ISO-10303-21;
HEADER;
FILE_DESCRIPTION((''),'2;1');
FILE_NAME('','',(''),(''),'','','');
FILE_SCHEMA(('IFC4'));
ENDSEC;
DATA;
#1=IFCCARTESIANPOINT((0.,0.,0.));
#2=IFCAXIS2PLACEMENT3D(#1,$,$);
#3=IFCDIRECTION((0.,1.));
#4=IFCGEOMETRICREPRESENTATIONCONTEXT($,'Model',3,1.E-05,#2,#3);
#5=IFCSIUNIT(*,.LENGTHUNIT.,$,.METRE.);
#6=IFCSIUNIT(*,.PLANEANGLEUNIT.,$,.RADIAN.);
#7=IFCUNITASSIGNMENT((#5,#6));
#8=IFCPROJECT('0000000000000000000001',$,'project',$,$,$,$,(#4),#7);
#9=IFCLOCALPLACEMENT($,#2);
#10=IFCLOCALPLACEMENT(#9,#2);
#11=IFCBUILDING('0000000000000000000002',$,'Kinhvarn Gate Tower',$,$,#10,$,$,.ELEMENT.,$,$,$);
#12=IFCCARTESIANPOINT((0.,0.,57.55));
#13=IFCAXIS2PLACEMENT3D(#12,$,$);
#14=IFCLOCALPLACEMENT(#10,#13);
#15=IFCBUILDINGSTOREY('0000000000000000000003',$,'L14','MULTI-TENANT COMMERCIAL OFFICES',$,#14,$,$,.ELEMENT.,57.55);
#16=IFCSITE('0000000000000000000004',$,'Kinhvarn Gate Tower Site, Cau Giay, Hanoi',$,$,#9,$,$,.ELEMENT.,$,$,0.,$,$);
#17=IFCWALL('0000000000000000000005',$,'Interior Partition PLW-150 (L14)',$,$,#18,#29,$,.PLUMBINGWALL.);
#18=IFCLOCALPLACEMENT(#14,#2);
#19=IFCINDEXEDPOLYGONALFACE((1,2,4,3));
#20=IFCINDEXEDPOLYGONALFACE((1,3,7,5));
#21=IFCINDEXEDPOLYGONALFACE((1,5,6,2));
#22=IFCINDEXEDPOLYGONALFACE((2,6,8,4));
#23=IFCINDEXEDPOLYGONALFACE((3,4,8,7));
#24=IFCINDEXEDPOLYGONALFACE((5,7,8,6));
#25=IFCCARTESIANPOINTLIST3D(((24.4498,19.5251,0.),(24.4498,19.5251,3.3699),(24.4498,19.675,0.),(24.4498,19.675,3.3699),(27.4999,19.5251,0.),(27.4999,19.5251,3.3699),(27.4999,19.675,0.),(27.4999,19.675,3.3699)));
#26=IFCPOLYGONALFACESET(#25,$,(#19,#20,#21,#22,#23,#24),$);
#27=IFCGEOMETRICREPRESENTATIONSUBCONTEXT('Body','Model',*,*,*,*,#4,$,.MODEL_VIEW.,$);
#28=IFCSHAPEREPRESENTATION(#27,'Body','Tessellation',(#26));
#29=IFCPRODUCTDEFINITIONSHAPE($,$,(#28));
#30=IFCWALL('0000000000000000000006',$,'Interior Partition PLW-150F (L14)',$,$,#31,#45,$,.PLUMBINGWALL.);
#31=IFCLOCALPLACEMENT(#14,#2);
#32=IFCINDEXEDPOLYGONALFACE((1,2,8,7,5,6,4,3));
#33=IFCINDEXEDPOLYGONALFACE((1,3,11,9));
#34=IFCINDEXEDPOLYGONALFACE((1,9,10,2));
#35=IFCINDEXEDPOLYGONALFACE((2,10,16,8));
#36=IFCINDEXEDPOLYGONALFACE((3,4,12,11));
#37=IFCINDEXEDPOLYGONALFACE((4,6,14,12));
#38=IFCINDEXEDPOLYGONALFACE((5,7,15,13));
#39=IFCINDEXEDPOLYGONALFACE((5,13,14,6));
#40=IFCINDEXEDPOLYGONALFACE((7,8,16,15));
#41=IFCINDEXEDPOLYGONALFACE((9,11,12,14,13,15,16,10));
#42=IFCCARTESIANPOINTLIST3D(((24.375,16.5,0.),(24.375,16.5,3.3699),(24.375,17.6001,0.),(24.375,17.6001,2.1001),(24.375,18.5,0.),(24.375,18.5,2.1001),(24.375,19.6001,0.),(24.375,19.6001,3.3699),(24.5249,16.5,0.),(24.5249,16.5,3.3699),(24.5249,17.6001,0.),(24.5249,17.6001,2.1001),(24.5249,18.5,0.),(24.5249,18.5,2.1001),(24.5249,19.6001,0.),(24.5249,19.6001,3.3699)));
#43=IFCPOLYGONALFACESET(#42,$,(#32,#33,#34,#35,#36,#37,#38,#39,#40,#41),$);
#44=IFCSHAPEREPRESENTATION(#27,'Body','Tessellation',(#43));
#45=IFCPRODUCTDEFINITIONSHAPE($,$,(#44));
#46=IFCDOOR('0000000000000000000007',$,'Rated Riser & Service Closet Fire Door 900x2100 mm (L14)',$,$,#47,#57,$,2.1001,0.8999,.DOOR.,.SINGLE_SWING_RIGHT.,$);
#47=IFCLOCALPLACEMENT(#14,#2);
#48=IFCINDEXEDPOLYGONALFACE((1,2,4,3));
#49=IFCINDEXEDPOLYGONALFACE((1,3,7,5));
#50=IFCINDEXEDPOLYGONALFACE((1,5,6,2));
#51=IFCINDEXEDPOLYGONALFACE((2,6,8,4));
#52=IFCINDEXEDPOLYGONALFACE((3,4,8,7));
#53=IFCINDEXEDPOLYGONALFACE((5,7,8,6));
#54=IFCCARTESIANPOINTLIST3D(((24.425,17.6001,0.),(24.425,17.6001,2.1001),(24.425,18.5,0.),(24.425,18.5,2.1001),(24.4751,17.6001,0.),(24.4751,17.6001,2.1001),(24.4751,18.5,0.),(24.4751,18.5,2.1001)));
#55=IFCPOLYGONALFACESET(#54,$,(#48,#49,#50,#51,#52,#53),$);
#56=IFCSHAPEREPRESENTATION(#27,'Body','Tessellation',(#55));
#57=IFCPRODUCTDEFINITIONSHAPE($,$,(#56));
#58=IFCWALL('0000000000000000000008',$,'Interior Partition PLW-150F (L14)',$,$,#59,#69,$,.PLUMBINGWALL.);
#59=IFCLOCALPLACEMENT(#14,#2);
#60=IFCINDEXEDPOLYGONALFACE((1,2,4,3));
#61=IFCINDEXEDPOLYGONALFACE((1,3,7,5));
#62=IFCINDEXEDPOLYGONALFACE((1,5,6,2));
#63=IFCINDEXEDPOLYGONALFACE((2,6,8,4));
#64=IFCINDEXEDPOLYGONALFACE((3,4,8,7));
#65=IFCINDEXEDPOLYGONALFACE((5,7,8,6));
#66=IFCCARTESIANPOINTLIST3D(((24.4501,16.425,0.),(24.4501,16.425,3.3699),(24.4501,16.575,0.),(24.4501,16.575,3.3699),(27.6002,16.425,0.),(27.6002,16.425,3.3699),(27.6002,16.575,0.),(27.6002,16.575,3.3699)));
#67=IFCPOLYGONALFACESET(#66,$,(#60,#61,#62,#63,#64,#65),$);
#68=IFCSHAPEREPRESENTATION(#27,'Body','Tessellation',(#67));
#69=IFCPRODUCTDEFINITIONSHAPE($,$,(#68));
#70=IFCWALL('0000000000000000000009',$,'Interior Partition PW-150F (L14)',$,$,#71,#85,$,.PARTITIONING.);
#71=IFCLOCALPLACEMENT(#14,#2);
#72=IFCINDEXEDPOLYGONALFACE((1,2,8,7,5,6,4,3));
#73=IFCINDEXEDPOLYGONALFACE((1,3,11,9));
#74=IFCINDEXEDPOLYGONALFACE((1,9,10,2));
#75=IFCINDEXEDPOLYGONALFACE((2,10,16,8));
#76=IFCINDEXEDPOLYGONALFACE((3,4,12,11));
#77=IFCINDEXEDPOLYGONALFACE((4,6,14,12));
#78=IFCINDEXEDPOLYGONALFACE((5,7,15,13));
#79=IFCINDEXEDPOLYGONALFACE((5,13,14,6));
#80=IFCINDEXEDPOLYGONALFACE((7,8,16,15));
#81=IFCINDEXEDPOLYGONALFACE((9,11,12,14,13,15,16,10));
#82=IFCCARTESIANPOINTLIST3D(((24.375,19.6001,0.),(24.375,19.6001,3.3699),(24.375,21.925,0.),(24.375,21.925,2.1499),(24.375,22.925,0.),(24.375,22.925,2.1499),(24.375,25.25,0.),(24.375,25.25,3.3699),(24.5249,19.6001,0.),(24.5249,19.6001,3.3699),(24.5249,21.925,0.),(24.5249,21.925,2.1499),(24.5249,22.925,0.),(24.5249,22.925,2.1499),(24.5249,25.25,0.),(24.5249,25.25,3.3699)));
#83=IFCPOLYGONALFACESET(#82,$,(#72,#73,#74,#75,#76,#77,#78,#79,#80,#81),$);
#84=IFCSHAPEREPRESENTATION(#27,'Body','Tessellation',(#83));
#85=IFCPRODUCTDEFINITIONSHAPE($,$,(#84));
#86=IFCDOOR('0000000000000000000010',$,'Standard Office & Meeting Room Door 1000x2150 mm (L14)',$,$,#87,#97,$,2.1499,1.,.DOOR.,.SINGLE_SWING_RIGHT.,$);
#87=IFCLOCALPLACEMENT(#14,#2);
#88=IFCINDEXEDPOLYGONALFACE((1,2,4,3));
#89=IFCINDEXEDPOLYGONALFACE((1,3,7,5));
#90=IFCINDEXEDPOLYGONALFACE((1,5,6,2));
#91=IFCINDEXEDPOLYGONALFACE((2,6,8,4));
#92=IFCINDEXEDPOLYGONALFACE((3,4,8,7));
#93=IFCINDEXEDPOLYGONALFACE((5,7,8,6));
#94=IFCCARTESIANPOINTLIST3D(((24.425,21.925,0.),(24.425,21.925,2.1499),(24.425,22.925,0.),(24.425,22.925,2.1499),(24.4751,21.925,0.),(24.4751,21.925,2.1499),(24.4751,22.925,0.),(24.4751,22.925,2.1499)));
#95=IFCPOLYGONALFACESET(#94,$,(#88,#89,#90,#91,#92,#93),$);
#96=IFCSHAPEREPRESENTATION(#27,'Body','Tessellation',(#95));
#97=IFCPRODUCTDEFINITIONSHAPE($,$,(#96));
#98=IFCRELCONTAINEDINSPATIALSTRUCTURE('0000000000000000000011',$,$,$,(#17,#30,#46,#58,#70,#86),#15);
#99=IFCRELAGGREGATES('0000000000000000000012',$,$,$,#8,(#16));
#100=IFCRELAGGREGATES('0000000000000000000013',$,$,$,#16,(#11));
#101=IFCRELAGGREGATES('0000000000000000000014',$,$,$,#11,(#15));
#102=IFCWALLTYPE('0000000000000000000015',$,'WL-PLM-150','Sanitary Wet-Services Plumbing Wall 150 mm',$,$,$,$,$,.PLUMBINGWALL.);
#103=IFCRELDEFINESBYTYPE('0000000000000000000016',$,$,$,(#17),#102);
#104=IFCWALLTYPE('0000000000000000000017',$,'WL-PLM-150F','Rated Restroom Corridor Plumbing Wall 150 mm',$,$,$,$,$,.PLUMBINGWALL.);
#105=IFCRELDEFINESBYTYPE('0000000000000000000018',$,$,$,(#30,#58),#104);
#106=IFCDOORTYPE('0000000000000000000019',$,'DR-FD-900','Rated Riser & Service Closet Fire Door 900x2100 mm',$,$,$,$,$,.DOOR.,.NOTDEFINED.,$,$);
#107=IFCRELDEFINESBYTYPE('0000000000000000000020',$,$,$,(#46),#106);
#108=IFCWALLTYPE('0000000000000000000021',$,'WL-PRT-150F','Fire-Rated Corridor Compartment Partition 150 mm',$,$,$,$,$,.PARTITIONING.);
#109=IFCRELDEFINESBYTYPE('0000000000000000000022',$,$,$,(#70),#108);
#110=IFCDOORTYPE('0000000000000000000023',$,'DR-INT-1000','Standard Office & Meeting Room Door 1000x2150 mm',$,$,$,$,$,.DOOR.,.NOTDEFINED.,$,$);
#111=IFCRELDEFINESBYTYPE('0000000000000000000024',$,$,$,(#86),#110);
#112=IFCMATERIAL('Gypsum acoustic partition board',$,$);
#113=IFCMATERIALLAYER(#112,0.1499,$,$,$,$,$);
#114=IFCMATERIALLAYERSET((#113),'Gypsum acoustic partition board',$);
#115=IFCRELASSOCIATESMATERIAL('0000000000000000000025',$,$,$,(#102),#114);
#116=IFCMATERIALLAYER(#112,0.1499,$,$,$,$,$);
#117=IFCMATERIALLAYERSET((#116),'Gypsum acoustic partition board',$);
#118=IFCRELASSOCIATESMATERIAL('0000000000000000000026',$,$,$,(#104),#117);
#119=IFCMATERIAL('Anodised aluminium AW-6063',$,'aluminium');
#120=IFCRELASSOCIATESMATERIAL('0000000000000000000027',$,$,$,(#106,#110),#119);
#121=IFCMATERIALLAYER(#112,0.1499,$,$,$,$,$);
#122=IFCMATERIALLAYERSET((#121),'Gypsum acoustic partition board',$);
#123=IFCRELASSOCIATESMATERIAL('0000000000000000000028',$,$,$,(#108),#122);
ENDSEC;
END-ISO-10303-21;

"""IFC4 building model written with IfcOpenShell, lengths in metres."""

from ifc_helpers import new_model, si_unit, direction, frame, frame_2d, origin, place, context, subcontext, project, spatial, rectangle, extrude, material, layer, layer_set, type_object, element, fill, save


model = new_model("IFC4")

# Units and contexts
model_context = context("Model", 3, precision=1e-05, world=origin(), true_north=direction((0.0, 1.0)))
body_context = subcontext(model_context, "Body", "Model", "MODEL_VIEW")
ifc_project = project(units=[si_unit("LENGTHUNIT", "METRE"), si_unit("PLANEANGLEUNIT", "RADIAN")], contexts=[model_context])

# Site, building, storey
site_placement = place(None, origin())
site = spatial("IfcSite", under=ifc_project, at=site_placement, Name="Kinhvarn Gate Tower Site, Cau Giay, Hanoi", CompositionType="ELEMENT", RefElevation=0.0)
building_placement = place(site_placement, origin())
building = spatial("IfcBuilding", under=site, at=building_placement, Name="Kinhvarn Gate Tower", CompositionType="ELEMENT")
storey_placement = place(building_placement, frame((0.0, 0.0, 57.55)))
storey = spatial("IfcBuildingStorey", under=building, at=storey_placement, Name="L14", Description="MULTI-TENANT COMMERCIAL OFFICES", CompositionType="ELEMENT", Elevation=57.55)

# Wall
ifc_material_1 = material(Name="Gypsum acoustic partition board")
ifc_layer_1 = layer(ifc_material_1, 0.1499)
ifc_layer_set_1 = layer_set([ifc_layer_1], Name="Gypsum acoustic partition board")
wall_type_1 = type_object("IfcWallType", Name="WL-PLM-150", Description="Sanitary Wet-Services Plumbing Wall 150 mm", PredefinedType="PLUMBINGWALL", material=ifc_layer_set_1)
wall_1_placement = place(storey_placement, frame((24.45, 19.6001, 0.0), z_axis=(0.0, 0.0, 1.0), x_axis=(1.0, 0.0, 0.0)))
element("IfcWall", 1, at=wall_1_placement, inside=storey, type_object=wall_type_1, Name="Interior Partition PLW-150 (L14)", PredefinedType="PLUMBINGWALL", context=body_context, shape_type="SweptSolid", body=[
    extrude(rectangle(XDim=3.05, YDim=0.1499, at=frame_2d((1.5249, 0.0))), origin(), (0.0, 0.0, 1.0), 3.3699),
])

# Wall, opening, door
ifc_layer_2 = layer(ifc_material_1, 0.1499)
ifc_layer_set_2 = layer_set([ifc_layer_2], Name="Gypsum acoustic partition board")
wall_type_2 = type_object("IfcWallType", Name="WL-PLM-150F", Description="Rated Restroom Corridor Plumbing Wall 150 mm", PredefinedType="PLUMBINGWALL", material=ifc_layer_set_2)
wall_2_placement = place(storey_placement, frame((24.45, 16.5, 0.0), z_axis=(0.0, 0.0, 1.0), x_axis=(0.0, 1.0, 0.0)))
wall_2 = element("IfcWall", 2, at=wall_2_placement, inside=storey, type_object=wall_type_2, Name="Interior Partition PLW-150F (L14)", PredefinedType="PLUMBINGWALL", context=body_context, shape_type="SweptSolid", body=[
    extrude(rectangle(XDim=3.1001, YDim=0.1499, at=frame_2d((1.55, 0.0))), origin(), (0.0, 0.0, 1.0), 3.3699),
])
opening_1_placement = place(wall_2_placement, frame((1.1001, 0.0, 0.0)))
opening_1 = element("IfcOpeningElement", 3, at=opening_1_placement, cuts=wall_2, PredefinedType="OPENING", context=body_context, shape_type="SweptSolid", body=[
    extrude(rectangle(XDim=0.8999, YDim=2.1001, at=frame_2d((0.45, 1.05))), frame((0.0, 0.085, 0.0), z_axis=(0.0, -1.0, 0.0), x_axis=(1.0, 0.0, 0.0)), (0.0, 0.0, 1.0), 0.1699),
])
ifc_material_2 = material(Name="Anodised aluminium AW-6063", Category="aluminium")
door_type_1 = type_object("IfcDoorType", Name="DR-FD-900", Description="Rated Riser & Service Closet Fire Door 900x2100 mm", OperationType="NOTDEFINED", PredefinedType="DOOR", material=ifc_material_2)
door_1_placement = place(opening_1_placement, origin())
door_1 = element("IfcDoor", 4, at=door_1_placement, inside=storey, type_object=door_type_1, Name="Rated Riser & Service Closet Fire Door 900x2100 mm (L14)", OperationType="SINGLE_SWING_RIGHT", OverallHeight=2.1001, OverallWidth=0.8999, PredefinedType="DOOR", context=body_context, shape_type="SweptSolid", body=[
    extrude(rectangle(XDim=0.8999, YDim=2.1001, at=frame_2d((0.45, 1.05))), frame((0.0, 0.0249, 0.0), z_axis=(0.0, -1.0, 0.0), x_axis=(1.0, 0.0, 0.0)), (0.0, 0.0, 1.0), 0.05),
])
fill(opening_1, door_1)

# Wall
wall_3_placement = place(storey_placement, frame((24.45, 16.5, 0.0), z_axis=(0.0, 0.0, 1.0), x_axis=(1.0, 0.0, 0.0)))
element("IfcWall", 5, at=wall_3_placement, inside=storey, type_object=wall_type_2, Name="Interior Partition PLW-150F (L14)", PredefinedType="PLUMBINGWALL", context=body_context, shape_type="SweptSolid", body=[
    extrude(rectangle(XDim=3.1501, YDim=0.1499, at=frame_2d((1.5752, 0.0))), origin(), (0.0, 0.0, 1.0), 3.3699),
])

# Wall, opening, door
ifc_layer_3 = layer(ifc_material_1, 0.1499)
ifc_layer_set_3 = layer_set([ifc_layer_3], Name="Gypsum acoustic partition board")
wall_type_3 = type_object("IfcWallType", Name="WL-PRT-150F", Description="Fire-Rated Corridor Compartment Partition 150 mm", PredefinedType="PARTITIONING", material=ifc_layer_set_3)
wall_4_placement = place(storey_placement, frame((24.45, 19.6001, 0.0), z_axis=(0.0, 0.0, 1.0), x_axis=(0.0, 1.0, 0.0)))
wall_4 = element("IfcWall", 6, at=wall_4_placement, inside=storey, type_object=wall_type_3, Name="Interior Partition PW-150F (L14)", PredefinedType="PARTITIONING", context=body_context, shape_type="SweptSolid", body=[
    extrude(rectangle(XDim=5.6499, YDim=0.1499, at=frame_2d((2.825, 0.0))), origin(), (0.0, 0.0, 1.0), 3.3699),
])
opening_2_placement = place(wall_4_placement, frame((2.325, 0.0, 0.0)))
opening_2 = element("IfcOpeningElement", 7, at=opening_2_placement, cuts=wall_4, PredefinedType="OPENING", context=body_context, shape_type="SweptSolid", body=[
    extrude(rectangle(XDim=1.0, YDim=2.1499, at=frame_2d((0.5, 1.075))), frame((0.0, 0.085, 0.0), z_axis=(0.0, -1.0, 0.0), x_axis=(1.0, 0.0, 0.0)), (0.0, 0.0, 1.0), 0.1699),
])
door_type_2 = type_object("IfcDoorType", Name="DR-INT-1000", Description="Standard Office & Meeting Room Door 1000x2150 mm", OperationType="NOTDEFINED", PredefinedType="DOOR", material=ifc_material_2)
door_2_placement = place(opening_2_placement, origin())
door_2 = element("IfcDoor", 8, at=door_2_placement, inside=storey, type_object=door_type_2, Name="Standard Office & Meeting Room Door 1000x2150 mm (L14)", OperationType="SINGLE_SWING_RIGHT", OverallHeight=2.1499, OverallWidth=1.0, PredefinedType="DOOR", context=body_context, shape_type="SweptSolid", body=[
    extrude(rectangle(XDim=1.0, YDim=2.1499, at=frame_2d((0.5, 1.075))), frame((0.0, 0.0249, 0.0), z_axis=(0.0, -1.0, 0.0), x_axis=(1.0, 0.0, 0.0)), (0.0, 0.0, 1.0), 0.05),
])
fill(opening_2, door_2)

save(model, "model.ifc")
